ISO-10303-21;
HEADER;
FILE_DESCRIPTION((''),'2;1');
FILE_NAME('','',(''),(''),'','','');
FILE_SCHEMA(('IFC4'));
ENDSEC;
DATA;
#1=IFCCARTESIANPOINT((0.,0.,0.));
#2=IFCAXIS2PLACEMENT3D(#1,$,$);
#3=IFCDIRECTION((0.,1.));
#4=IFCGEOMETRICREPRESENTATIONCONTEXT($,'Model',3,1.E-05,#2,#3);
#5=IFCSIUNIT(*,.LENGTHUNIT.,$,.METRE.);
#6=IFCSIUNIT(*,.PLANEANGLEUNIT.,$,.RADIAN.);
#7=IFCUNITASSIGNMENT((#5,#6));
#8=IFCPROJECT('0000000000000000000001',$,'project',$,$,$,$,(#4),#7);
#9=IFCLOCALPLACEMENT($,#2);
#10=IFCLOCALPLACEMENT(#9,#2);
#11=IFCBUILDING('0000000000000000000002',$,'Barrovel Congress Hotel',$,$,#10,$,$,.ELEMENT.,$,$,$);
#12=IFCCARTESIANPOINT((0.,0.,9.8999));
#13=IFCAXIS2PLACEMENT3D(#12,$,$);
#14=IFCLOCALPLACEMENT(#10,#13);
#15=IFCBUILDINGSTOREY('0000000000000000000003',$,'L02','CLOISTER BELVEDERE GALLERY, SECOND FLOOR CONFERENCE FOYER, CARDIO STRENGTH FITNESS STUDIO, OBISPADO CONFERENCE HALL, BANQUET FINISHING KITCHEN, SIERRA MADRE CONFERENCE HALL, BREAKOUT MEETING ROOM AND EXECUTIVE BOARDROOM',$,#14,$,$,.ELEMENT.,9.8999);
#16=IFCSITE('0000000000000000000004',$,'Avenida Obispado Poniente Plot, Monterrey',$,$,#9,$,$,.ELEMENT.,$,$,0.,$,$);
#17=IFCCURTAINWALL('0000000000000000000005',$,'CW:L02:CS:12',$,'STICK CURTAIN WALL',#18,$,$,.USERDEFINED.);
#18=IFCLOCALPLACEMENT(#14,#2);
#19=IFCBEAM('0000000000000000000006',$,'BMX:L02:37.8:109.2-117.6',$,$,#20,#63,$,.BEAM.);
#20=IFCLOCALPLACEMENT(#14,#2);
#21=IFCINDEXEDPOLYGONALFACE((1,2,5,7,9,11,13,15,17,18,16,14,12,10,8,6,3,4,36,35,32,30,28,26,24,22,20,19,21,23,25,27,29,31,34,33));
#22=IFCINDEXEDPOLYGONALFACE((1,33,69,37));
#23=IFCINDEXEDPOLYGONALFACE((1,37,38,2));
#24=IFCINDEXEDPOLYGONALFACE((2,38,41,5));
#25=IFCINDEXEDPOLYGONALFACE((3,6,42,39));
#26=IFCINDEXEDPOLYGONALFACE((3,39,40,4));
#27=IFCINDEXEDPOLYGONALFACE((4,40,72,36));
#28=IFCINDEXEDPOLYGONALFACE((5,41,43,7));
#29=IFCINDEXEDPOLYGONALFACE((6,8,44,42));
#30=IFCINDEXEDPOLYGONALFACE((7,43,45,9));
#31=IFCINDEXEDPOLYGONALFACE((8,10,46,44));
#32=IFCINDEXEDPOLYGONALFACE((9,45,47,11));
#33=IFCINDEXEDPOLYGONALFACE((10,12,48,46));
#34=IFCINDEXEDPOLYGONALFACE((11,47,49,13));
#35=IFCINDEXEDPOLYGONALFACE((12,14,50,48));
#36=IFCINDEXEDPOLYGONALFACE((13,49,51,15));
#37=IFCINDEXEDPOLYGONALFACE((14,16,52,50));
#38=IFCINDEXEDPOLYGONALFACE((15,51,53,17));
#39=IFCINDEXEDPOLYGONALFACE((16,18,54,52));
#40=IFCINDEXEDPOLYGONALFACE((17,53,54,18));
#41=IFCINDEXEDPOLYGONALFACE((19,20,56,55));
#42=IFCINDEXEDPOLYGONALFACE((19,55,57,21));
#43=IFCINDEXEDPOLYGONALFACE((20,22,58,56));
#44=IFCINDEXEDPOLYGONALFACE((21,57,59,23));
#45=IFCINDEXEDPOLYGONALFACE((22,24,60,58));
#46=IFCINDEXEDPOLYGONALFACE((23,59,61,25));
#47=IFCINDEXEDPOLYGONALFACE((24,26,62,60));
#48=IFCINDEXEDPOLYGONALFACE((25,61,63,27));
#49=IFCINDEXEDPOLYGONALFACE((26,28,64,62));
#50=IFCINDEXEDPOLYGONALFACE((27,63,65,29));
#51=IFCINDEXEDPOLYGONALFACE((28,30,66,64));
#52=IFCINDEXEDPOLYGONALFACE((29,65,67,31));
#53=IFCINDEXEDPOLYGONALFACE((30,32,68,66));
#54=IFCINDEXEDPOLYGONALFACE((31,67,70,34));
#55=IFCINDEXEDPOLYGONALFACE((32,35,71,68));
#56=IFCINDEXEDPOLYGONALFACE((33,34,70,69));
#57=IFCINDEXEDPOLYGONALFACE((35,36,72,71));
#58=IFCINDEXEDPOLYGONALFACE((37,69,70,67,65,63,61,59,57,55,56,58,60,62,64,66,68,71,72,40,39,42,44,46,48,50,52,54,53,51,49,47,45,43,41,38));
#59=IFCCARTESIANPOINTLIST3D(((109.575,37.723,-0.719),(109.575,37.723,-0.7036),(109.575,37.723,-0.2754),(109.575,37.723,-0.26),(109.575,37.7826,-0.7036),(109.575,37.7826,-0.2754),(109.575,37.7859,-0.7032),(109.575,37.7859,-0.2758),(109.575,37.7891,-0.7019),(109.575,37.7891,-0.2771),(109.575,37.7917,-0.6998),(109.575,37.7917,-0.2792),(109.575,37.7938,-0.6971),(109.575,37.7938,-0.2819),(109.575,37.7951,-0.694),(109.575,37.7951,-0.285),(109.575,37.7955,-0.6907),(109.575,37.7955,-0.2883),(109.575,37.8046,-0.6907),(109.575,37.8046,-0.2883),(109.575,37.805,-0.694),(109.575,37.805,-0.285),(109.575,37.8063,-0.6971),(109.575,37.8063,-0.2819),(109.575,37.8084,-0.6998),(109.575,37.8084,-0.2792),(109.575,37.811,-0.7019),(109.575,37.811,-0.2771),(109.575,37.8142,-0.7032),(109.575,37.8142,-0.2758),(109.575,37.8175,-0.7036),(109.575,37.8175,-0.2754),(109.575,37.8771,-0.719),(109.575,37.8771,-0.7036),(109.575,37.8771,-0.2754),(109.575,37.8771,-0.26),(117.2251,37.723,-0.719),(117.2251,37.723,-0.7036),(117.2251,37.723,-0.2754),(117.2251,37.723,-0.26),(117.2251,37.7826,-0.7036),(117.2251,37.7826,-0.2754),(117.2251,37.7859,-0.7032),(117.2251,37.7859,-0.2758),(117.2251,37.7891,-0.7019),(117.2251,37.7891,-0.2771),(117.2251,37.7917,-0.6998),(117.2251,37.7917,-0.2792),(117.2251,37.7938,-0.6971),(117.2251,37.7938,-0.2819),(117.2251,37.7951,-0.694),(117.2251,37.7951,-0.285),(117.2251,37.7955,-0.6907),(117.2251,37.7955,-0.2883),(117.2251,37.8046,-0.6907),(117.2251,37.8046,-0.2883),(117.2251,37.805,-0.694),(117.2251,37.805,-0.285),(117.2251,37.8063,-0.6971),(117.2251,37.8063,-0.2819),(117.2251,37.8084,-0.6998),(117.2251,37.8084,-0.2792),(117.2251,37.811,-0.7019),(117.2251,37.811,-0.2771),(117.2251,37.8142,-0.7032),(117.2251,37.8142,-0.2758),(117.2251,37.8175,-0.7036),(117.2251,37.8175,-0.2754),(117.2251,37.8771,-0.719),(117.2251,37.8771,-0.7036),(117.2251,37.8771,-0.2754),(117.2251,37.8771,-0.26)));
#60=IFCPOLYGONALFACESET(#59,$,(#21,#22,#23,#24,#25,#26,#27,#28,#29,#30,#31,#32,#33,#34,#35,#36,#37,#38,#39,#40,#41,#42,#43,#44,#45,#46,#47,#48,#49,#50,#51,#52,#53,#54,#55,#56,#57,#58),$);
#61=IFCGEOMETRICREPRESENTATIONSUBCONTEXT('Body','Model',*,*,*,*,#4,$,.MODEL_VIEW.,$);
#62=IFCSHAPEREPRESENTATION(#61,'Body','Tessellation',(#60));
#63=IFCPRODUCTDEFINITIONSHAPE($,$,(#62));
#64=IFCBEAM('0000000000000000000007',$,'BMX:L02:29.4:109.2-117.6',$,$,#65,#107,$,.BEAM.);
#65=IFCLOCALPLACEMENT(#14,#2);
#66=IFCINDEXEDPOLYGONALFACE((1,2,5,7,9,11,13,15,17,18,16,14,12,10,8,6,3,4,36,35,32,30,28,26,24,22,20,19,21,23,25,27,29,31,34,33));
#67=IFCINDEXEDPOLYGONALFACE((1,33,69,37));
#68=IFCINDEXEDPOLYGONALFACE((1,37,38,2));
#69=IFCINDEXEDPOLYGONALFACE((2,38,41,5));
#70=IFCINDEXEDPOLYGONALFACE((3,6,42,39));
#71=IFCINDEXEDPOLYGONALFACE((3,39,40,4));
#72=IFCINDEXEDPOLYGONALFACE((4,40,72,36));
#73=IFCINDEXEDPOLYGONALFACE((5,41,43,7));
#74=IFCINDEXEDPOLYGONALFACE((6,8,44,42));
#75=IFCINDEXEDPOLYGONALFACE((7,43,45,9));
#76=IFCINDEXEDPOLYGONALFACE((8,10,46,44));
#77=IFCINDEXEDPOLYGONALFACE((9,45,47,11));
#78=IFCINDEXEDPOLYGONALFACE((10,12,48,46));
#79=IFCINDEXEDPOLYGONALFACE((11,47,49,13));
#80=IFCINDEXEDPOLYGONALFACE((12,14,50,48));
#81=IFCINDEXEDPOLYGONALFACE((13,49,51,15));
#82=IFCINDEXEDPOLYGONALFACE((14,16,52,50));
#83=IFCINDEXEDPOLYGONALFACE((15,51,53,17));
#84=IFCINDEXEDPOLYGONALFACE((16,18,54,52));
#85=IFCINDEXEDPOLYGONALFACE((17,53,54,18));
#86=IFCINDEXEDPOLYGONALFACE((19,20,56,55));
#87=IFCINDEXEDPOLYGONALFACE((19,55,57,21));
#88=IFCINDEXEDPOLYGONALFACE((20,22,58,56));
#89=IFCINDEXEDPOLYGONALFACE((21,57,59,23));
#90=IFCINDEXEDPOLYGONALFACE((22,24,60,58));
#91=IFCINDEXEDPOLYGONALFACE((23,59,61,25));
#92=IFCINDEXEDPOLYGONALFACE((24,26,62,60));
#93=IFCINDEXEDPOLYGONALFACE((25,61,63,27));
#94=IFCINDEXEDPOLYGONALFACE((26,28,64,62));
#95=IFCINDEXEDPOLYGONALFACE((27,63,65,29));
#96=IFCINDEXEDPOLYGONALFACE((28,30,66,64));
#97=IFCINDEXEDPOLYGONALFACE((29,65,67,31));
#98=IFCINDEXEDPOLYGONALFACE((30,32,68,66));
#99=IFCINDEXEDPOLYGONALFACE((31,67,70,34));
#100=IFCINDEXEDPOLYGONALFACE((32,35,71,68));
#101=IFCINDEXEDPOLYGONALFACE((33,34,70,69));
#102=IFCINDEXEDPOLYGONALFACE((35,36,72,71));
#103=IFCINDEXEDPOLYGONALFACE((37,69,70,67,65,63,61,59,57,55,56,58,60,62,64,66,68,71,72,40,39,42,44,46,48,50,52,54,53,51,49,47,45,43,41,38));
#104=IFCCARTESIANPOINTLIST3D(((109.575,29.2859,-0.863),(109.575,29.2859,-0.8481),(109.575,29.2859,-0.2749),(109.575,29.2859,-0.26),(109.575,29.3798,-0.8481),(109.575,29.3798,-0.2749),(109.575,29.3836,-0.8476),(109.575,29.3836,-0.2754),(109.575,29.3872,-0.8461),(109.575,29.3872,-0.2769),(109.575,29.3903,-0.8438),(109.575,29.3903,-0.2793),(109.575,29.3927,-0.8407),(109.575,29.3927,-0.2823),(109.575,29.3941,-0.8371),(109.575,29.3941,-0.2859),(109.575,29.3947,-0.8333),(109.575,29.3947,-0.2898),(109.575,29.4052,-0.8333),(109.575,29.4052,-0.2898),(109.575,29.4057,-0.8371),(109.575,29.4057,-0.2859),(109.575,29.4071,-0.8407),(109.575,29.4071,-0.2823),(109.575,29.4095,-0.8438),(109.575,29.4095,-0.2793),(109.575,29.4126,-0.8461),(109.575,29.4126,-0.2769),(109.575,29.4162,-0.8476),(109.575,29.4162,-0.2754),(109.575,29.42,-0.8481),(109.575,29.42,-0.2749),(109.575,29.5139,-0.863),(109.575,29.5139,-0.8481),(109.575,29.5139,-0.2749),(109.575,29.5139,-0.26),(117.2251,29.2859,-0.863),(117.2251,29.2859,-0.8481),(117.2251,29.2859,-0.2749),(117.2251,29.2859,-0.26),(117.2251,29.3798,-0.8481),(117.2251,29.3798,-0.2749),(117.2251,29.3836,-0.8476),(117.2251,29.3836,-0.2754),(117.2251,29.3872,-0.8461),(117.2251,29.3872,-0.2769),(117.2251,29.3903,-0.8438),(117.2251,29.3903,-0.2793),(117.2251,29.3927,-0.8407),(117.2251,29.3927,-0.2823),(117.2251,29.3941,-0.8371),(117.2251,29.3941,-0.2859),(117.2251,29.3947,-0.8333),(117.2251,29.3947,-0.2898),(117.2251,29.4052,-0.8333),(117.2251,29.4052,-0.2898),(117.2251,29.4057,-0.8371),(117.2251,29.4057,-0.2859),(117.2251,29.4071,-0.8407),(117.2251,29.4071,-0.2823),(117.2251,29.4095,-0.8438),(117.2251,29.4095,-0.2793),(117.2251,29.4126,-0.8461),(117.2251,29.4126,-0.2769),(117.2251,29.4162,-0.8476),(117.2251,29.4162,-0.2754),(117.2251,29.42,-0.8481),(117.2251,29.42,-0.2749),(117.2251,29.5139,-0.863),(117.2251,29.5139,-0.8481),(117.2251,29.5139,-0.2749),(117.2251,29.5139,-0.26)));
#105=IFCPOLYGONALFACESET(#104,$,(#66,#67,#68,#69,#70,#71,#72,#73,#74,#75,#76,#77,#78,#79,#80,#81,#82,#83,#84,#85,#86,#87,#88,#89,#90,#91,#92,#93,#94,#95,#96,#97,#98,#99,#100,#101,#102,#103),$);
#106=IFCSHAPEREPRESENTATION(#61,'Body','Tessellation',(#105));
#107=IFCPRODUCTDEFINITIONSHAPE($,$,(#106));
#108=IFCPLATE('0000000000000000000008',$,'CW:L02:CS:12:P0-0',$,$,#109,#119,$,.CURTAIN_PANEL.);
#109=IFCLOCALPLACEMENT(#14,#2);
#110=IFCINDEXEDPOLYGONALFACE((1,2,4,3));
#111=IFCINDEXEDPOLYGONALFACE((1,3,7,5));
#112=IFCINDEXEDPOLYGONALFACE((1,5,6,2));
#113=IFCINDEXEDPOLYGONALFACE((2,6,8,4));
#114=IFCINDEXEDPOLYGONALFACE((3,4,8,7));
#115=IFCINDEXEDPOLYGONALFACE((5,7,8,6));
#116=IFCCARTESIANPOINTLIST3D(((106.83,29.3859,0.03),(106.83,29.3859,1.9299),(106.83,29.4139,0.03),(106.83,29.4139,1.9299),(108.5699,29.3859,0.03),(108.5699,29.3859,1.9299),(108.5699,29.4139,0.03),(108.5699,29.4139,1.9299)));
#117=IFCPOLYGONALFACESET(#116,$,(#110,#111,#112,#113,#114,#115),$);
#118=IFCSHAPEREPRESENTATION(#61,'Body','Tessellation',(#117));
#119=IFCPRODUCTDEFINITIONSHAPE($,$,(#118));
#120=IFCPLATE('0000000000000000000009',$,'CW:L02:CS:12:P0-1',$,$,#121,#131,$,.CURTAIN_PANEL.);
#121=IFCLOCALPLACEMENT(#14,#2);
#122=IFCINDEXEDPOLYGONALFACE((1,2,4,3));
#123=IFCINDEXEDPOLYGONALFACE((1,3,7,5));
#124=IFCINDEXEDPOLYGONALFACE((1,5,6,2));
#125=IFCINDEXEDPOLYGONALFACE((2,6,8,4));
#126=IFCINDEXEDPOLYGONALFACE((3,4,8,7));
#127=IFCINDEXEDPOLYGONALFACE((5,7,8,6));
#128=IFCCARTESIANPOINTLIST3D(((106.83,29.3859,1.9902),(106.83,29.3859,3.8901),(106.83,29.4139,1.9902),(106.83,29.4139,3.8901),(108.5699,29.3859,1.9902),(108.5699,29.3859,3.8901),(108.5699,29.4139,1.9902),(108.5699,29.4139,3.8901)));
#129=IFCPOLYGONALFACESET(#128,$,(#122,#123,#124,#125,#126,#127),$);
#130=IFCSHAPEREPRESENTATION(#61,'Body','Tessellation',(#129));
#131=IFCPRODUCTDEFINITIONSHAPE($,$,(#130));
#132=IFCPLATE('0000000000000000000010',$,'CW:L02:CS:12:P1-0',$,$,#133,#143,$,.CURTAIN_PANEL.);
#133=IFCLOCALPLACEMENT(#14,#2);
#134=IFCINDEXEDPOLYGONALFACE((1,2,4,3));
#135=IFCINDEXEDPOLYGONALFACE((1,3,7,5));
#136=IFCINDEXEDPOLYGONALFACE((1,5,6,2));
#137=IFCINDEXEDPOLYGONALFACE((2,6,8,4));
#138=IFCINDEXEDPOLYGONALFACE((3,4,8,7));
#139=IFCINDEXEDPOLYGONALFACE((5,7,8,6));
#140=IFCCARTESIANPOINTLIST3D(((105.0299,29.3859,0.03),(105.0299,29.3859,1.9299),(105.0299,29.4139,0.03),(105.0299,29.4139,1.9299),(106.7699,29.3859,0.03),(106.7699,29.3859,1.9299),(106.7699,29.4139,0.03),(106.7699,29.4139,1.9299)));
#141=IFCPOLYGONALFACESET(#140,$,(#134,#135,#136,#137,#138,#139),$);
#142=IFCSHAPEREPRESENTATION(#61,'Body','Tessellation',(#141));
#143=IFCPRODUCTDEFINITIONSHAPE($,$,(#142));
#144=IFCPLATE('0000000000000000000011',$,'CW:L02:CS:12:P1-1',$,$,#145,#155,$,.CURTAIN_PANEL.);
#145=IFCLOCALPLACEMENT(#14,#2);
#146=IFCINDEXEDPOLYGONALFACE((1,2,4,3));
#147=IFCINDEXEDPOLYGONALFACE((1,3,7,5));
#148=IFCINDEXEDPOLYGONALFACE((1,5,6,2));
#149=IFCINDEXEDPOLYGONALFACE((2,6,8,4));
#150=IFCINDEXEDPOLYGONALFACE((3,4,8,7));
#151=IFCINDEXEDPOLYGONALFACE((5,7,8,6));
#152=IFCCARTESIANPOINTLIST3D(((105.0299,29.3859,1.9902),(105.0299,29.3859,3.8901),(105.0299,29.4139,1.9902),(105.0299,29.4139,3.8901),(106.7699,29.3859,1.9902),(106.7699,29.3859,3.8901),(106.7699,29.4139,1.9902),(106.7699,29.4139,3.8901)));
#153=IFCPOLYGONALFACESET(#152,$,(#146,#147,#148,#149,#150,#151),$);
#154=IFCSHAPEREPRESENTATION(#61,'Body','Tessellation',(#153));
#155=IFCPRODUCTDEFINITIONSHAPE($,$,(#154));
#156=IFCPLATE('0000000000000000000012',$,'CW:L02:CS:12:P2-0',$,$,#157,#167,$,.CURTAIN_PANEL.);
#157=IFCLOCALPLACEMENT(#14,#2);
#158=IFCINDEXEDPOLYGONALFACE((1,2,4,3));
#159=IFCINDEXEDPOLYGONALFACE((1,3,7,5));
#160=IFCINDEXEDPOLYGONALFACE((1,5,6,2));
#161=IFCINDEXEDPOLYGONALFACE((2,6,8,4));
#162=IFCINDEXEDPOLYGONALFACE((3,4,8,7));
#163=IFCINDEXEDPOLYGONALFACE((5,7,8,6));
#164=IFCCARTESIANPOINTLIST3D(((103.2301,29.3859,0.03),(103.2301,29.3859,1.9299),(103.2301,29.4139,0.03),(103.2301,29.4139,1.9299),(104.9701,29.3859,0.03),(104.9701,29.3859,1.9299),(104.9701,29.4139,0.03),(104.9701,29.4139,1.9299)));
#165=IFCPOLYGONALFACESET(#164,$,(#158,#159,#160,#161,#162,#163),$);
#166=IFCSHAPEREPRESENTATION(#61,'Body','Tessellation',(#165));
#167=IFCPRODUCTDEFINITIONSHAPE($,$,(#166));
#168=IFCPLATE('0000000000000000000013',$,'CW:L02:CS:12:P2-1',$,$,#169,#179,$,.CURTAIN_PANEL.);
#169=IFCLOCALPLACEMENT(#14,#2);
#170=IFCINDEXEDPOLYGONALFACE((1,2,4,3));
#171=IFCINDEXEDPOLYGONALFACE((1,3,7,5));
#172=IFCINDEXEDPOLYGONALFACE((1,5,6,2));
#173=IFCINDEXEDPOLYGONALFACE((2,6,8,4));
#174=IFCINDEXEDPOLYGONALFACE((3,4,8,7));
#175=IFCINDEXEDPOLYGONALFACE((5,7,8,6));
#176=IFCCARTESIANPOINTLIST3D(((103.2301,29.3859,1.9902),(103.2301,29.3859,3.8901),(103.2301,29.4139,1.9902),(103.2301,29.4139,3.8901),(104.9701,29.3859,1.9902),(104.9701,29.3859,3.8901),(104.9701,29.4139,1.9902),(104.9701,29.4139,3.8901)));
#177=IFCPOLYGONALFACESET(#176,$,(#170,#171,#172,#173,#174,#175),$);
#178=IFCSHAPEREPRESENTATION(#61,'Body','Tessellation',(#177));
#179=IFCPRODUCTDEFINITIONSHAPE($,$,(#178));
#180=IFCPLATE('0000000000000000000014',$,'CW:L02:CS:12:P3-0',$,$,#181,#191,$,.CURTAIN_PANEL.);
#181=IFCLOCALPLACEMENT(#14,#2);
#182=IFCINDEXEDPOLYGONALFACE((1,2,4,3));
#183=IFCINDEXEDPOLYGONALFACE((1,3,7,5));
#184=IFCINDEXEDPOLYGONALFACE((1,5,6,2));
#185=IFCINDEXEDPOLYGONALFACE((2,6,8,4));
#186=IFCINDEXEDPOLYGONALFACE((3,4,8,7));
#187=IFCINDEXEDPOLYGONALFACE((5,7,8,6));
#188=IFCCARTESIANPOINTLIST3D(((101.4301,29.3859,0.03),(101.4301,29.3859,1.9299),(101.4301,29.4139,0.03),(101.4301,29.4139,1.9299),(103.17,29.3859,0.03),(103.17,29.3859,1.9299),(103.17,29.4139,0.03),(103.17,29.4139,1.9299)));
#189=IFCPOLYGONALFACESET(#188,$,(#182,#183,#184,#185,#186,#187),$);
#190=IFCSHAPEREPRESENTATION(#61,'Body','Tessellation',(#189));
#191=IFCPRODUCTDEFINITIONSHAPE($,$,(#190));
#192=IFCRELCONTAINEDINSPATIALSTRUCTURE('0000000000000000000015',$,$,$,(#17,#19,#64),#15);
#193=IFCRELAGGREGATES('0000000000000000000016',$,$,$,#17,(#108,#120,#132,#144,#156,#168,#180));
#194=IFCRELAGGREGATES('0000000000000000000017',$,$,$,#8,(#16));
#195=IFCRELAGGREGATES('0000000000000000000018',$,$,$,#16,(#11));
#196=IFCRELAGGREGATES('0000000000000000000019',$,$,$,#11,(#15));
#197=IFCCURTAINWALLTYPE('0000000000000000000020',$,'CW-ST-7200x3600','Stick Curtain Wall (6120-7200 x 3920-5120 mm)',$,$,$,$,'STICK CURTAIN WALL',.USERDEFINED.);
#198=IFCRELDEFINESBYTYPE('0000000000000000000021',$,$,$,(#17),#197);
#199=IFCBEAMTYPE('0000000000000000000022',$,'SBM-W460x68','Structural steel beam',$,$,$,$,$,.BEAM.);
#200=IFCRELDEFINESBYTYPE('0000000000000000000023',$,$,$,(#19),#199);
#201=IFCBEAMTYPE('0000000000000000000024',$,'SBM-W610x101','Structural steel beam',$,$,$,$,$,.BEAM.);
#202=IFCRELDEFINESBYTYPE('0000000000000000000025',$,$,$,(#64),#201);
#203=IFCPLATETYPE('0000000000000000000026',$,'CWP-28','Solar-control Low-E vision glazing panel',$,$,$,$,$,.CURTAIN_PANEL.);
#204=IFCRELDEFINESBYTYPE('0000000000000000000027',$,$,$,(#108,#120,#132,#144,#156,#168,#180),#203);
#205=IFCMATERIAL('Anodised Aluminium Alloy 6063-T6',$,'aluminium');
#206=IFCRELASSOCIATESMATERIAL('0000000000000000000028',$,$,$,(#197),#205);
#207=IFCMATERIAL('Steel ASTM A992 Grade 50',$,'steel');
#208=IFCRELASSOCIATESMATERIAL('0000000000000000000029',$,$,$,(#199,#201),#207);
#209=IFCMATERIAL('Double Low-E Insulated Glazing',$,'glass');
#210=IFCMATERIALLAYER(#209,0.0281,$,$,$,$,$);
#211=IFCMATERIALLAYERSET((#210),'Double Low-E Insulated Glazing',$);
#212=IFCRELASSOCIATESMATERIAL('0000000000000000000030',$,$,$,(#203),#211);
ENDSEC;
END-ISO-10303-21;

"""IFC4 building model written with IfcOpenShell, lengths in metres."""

from ifc_helpers import new_model, si_unit, direction, frame, origin, origin_2d, place, context, subcontext, project, spatial, rectangle, i_section, extrude, material, layer, layer_set, material_profile, profile_set, type_object, element, aggregate, save


model = new_model("IFC4")

# Units and contexts
model_context = context("Model", 3, precision=1e-05, world=origin(), true_north=direction((0.0, 1.0)))
body_context = subcontext(model_context, "Body", "Model", "MODEL_VIEW")
ifc_project = project(units=[si_unit("LENGTHUNIT", "METRE"), si_unit("PLANEANGLEUNIT", "RADIAN")], contexts=[model_context])

# Site, building, storey
site_placement = place(None, origin())
site = spatial("IfcSite", under=ifc_project, at=site_placement, Name="Avenida Obispado Poniente Plot, Monterrey", CompositionType="ELEMENT", RefElevation=0.0)
building_placement = place(site_placement, origin())
building = spatial("IfcBuilding", under=site, at=building_placement, Name="Barrovel Congress Hotel", CompositionType="ELEMENT")
storey_placement = place(building_placement, frame((0.0, 0.0, 9.8999)))
storey = spatial("IfcBuildingStorey", under=building, at=storey_placement, Name="L02", Description="CLOISTER BELVEDERE GALLERY, SECOND FLOOR CONFERENCE FOYER, CARDIO STRENGTH FITNESS STUDIO, OBISPADO CONFERENCE HALL, BANQUET FINISHING KITCHEN, SIERRA MADRE CONFERENCE HALL, BREAKOUT MEETING ROOM AND EXECUTIVE BOARDROOM", CompositionType="ELEMENT", Elevation=9.8999)

# Curtain wall
ifc_material_1 = material(Name="Anodised Aluminium Alloy 6063-T6", Category="aluminium")
curtain_wall_type = type_object("IfcCurtainWallType", Name="CW-ST-7200x3600", Description="Stick Curtain Wall (6120-7200 x 3920-5120 mm)", ElementType="STICK CURTAIN WALL", PredefinedType="USERDEFINED", material=ifc_material_1)
curtain_wall_placement = place(storey_placement, origin())
curtain_wall = element("IfcCurtainWall", 1, at=curtain_wall_placement, inside=storey, type_object=curtain_wall_type, Name="CW:L02:CS:12", ObjectType="STICK CURTAIN WALL", PredefinedType="USERDEFINED")

# Beams
ifc_material_2 = material(Name="Steel ASTM A992 Grade 50", Category="steel")
ifc_material_profile_1 = material_profile(ifc_material_2, i_section(OverallWidth=0.1541, OverallDepth=0.459, WebThickness=0.009, FlangeThickness=0.0154, FilletRadius=0.0129, at=origin_2d()), Name="W460x68")
ifc_profile_set_1 = profile_set([ifc_material_profile_1], Name="Steel ASTM A992 Grade 50")
beam_type_1 = type_object("IfcBeamType", Name="SBM-W460x68", Description="Structural steel beam", PredefinedType="BEAM", material=ifc_profile_set_1)
beam_1_placement = place(storey_placement, frame((109.575, 37.8, -0.4895), z_axis=(1.0, 0.0, 0.0), x_axis=(0.0, 1.0, 0.0)))
element("IfcBeam", 2, at=beam_1_placement, inside=storey, type_object=beam_type_1, Name="BMX:L02:37.8:109.2-117.6", PredefinedType="BEAM", context=body_context, shape_type="SweptSolid", body=[
    extrude(i_section(OverallWidth=0.1541, OverallDepth=0.459, WebThickness=0.009, FlangeThickness=0.0154, FilletRadius=0.0129, at=origin_2d()), origin(), (0.0, 0.0, 1.0), 7.6501),
])
ifc_material_profile_2 = material_profile(ifc_material_2, i_section(OverallWidth=0.228, OverallDepth=0.603, WebThickness=0.0105, FlangeThickness=0.0149, FilletRadius=0.0149, at=origin_2d()), Name="W610x101")
ifc_profile_set_2 = profile_set([ifc_material_profile_2], Name="Steel ASTM A992 Grade 50")
beam_type_2 = type_object("IfcBeamType", Name="SBM-W610x101", Description="Structural steel beam", PredefinedType="BEAM", material=ifc_profile_set_2)
beam_2_placement = place(storey_placement, frame((109.575, 29.3999, -0.5615), z_axis=(1.0, 0.0, 0.0), x_axis=(0.0, 1.0, 0.0)))
element("IfcBeam", 3, at=beam_2_placement, inside=storey, type_object=beam_type_2, Name="BMX:L02:29.4:109.2-117.6", PredefinedType="BEAM", context=body_context, shape_type="SweptSolid", body=[
    extrude(i_section(OverallWidth=0.228, OverallDepth=0.603, WebThickness=0.0105, FlangeThickness=0.0149, FilletRadius=0.0149, at=origin_2d()), origin(), (0.0, 0.0, 1.0), 7.6501),
])

# Plates
ifc_material_3 = material(Name="Double Low-E Insulated Glazing", Category="glass")
ifc_layer_1 = layer(ifc_material_3, 0.0281)
ifc_layer_set_1 = layer_set([ifc_layer_1], Name="Double Low-E Insulated Glazing")
plate_type = type_object("IfcPlateType", Name="CWP-28", Description="Solar-control Low-E vision glazing panel", PredefinedType="CURTAIN_PANEL", material=ifc_layer_set_1)
plate_1_placement = place(storey_placement, frame((107.7, 29.3999, 0.03), z_axis=(0.0, 0.0, 1.0), x_axis=(-1.0, 0.0, 0.0)))
plate_1 = element("IfcPlate", 4, at=plate_1_placement, type_object=plate_type, Name="CW:L02:CS:12:P0-0", PredefinedType="CURTAIN_PANEL", context=body_context, shape_type="SweptSolid", body=[
    extrude(rectangle(XDim=1.74, YDim=0.0281, at=origin_2d()), origin(), (0.0, 0.0, 1.0), 1.8999),
])
plate_2_placement = place(storey_placement, frame((107.7, 29.3999, 1.9902), z_axis=(0.0, 0.0, 1.0), x_axis=(-1.0, 0.0, 0.0)))
plate_2 = element("IfcPlate", 5, at=plate_2_placement, type_object=plate_type, Name="CW:L02:CS:12:P0-1", PredefinedType="CURTAIN_PANEL", context=body_context, shape_type="SweptSolid", body=[
    extrude(rectangle(XDim=1.74, YDim=0.0281, at=origin_2d()), origin(), (0.0, 0.0, 1.0), 1.8999),
])
plate_3_placement = place(storey_placement, frame((105.8999, 29.3999, 0.03), z_axis=(0.0, 0.0, 1.0), x_axis=(-1.0, 0.0, 0.0)))
plate_3 = element("IfcPlate", 6, at=plate_3_placement, type_object=plate_type, Name="CW:L02:CS:12:P1-0", PredefinedType="CURTAIN_PANEL", context=body_context, shape_type="SweptSolid", body=[
    extrude(rectangle(XDim=1.74, YDim=0.0281, at=origin_2d()), origin(), (0.0, 0.0, 1.0), 1.8999),
])
plate_4_placement = place(storey_placement, frame((105.8999, 29.3999, 1.9902), z_axis=(0.0, 0.0, 1.0), x_axis=(-1.0, 0.0, 0.0)))
plate_4 = element("IfcPlate", 7, at=plate_4_placement, type_object=plate_type, Name="CW:L02:CS:12:P1-1", PredefinedType="CURTAIN_PANEL", context=body_context, shape_type="SweptSolid", body=[
    extrude(rectangle(XDim=1.74, YDim=0.0281, at=origin_2d()), origin(), (0.0, 0.0, 1.0), 1.8999),
])
plate_5_placement = place(storey_placement, frame((104.1001, 29.3999, 0.03), z_axis=(0.0, 0.0, 1.0), x_axis=(-1.0, 0.0, 0.0)))
plate_5 = element("IfcPlate", 8, at=plate_5_placement, type_object=plate_type, Name="CW:L02:CS:12:P2-0", PredefinedType="CURTAIN_PANEL", context=body_context, shape_type="SweptSolid", body=[
    extrude(rectangle(XDim=1.74, YDim=0.0281, at=origin_2d()), origin(), (0.0, 0.0, 1.0), 1.8999),
])
plate_6_placement = place(storey_placement, frame((104.1001, 29.3999, 1.9902), z_axis=(0.0, 0.0, 1.0), x_axis=(-1.0, 0.0, 0.0)))
plate_6 = element("IfcPlate", 9, at=plate_6_placement, type_object=plate_type, Name="CW:L02:CS:12:P2-1", PredefinedType="CURTAIN_PANEL", context=body_context, shape_type="SweptSolid", body=[
    extrude(rectangle(XDim=1.74, YDim=0.0281, at=origin_2d()), origin(), (0.0, 0.0, 1.0), 1.8999),
])
plate_7_placement = place(storey_placement, frame((102.3, 29.3999, 0.03), z_axis=(0.0, 0.0, 1.0), x_axis=(-1.0, 0.0, 0.0)))
plate_7 = element("IfcPlate", 10, at=plate_7_placement, type_object=plate_type, Name="CW:L02:CS:12:P3-0", PredefinedType="CURTAIN_PANEL", context=body_context, shape_type="SweptSolid", body=[
    extrude(rectangle(XDim=1.74, YDim=0.0281, at=origin_2d()), origin(), (0.0, 0.0, 1.0), 1.8999),
])
aggregate(curtain_wall, [plate_1, plate_2, plate_3, plate_4, plate_5, plate_6, plate_7])

save(model, "model.ifc")
